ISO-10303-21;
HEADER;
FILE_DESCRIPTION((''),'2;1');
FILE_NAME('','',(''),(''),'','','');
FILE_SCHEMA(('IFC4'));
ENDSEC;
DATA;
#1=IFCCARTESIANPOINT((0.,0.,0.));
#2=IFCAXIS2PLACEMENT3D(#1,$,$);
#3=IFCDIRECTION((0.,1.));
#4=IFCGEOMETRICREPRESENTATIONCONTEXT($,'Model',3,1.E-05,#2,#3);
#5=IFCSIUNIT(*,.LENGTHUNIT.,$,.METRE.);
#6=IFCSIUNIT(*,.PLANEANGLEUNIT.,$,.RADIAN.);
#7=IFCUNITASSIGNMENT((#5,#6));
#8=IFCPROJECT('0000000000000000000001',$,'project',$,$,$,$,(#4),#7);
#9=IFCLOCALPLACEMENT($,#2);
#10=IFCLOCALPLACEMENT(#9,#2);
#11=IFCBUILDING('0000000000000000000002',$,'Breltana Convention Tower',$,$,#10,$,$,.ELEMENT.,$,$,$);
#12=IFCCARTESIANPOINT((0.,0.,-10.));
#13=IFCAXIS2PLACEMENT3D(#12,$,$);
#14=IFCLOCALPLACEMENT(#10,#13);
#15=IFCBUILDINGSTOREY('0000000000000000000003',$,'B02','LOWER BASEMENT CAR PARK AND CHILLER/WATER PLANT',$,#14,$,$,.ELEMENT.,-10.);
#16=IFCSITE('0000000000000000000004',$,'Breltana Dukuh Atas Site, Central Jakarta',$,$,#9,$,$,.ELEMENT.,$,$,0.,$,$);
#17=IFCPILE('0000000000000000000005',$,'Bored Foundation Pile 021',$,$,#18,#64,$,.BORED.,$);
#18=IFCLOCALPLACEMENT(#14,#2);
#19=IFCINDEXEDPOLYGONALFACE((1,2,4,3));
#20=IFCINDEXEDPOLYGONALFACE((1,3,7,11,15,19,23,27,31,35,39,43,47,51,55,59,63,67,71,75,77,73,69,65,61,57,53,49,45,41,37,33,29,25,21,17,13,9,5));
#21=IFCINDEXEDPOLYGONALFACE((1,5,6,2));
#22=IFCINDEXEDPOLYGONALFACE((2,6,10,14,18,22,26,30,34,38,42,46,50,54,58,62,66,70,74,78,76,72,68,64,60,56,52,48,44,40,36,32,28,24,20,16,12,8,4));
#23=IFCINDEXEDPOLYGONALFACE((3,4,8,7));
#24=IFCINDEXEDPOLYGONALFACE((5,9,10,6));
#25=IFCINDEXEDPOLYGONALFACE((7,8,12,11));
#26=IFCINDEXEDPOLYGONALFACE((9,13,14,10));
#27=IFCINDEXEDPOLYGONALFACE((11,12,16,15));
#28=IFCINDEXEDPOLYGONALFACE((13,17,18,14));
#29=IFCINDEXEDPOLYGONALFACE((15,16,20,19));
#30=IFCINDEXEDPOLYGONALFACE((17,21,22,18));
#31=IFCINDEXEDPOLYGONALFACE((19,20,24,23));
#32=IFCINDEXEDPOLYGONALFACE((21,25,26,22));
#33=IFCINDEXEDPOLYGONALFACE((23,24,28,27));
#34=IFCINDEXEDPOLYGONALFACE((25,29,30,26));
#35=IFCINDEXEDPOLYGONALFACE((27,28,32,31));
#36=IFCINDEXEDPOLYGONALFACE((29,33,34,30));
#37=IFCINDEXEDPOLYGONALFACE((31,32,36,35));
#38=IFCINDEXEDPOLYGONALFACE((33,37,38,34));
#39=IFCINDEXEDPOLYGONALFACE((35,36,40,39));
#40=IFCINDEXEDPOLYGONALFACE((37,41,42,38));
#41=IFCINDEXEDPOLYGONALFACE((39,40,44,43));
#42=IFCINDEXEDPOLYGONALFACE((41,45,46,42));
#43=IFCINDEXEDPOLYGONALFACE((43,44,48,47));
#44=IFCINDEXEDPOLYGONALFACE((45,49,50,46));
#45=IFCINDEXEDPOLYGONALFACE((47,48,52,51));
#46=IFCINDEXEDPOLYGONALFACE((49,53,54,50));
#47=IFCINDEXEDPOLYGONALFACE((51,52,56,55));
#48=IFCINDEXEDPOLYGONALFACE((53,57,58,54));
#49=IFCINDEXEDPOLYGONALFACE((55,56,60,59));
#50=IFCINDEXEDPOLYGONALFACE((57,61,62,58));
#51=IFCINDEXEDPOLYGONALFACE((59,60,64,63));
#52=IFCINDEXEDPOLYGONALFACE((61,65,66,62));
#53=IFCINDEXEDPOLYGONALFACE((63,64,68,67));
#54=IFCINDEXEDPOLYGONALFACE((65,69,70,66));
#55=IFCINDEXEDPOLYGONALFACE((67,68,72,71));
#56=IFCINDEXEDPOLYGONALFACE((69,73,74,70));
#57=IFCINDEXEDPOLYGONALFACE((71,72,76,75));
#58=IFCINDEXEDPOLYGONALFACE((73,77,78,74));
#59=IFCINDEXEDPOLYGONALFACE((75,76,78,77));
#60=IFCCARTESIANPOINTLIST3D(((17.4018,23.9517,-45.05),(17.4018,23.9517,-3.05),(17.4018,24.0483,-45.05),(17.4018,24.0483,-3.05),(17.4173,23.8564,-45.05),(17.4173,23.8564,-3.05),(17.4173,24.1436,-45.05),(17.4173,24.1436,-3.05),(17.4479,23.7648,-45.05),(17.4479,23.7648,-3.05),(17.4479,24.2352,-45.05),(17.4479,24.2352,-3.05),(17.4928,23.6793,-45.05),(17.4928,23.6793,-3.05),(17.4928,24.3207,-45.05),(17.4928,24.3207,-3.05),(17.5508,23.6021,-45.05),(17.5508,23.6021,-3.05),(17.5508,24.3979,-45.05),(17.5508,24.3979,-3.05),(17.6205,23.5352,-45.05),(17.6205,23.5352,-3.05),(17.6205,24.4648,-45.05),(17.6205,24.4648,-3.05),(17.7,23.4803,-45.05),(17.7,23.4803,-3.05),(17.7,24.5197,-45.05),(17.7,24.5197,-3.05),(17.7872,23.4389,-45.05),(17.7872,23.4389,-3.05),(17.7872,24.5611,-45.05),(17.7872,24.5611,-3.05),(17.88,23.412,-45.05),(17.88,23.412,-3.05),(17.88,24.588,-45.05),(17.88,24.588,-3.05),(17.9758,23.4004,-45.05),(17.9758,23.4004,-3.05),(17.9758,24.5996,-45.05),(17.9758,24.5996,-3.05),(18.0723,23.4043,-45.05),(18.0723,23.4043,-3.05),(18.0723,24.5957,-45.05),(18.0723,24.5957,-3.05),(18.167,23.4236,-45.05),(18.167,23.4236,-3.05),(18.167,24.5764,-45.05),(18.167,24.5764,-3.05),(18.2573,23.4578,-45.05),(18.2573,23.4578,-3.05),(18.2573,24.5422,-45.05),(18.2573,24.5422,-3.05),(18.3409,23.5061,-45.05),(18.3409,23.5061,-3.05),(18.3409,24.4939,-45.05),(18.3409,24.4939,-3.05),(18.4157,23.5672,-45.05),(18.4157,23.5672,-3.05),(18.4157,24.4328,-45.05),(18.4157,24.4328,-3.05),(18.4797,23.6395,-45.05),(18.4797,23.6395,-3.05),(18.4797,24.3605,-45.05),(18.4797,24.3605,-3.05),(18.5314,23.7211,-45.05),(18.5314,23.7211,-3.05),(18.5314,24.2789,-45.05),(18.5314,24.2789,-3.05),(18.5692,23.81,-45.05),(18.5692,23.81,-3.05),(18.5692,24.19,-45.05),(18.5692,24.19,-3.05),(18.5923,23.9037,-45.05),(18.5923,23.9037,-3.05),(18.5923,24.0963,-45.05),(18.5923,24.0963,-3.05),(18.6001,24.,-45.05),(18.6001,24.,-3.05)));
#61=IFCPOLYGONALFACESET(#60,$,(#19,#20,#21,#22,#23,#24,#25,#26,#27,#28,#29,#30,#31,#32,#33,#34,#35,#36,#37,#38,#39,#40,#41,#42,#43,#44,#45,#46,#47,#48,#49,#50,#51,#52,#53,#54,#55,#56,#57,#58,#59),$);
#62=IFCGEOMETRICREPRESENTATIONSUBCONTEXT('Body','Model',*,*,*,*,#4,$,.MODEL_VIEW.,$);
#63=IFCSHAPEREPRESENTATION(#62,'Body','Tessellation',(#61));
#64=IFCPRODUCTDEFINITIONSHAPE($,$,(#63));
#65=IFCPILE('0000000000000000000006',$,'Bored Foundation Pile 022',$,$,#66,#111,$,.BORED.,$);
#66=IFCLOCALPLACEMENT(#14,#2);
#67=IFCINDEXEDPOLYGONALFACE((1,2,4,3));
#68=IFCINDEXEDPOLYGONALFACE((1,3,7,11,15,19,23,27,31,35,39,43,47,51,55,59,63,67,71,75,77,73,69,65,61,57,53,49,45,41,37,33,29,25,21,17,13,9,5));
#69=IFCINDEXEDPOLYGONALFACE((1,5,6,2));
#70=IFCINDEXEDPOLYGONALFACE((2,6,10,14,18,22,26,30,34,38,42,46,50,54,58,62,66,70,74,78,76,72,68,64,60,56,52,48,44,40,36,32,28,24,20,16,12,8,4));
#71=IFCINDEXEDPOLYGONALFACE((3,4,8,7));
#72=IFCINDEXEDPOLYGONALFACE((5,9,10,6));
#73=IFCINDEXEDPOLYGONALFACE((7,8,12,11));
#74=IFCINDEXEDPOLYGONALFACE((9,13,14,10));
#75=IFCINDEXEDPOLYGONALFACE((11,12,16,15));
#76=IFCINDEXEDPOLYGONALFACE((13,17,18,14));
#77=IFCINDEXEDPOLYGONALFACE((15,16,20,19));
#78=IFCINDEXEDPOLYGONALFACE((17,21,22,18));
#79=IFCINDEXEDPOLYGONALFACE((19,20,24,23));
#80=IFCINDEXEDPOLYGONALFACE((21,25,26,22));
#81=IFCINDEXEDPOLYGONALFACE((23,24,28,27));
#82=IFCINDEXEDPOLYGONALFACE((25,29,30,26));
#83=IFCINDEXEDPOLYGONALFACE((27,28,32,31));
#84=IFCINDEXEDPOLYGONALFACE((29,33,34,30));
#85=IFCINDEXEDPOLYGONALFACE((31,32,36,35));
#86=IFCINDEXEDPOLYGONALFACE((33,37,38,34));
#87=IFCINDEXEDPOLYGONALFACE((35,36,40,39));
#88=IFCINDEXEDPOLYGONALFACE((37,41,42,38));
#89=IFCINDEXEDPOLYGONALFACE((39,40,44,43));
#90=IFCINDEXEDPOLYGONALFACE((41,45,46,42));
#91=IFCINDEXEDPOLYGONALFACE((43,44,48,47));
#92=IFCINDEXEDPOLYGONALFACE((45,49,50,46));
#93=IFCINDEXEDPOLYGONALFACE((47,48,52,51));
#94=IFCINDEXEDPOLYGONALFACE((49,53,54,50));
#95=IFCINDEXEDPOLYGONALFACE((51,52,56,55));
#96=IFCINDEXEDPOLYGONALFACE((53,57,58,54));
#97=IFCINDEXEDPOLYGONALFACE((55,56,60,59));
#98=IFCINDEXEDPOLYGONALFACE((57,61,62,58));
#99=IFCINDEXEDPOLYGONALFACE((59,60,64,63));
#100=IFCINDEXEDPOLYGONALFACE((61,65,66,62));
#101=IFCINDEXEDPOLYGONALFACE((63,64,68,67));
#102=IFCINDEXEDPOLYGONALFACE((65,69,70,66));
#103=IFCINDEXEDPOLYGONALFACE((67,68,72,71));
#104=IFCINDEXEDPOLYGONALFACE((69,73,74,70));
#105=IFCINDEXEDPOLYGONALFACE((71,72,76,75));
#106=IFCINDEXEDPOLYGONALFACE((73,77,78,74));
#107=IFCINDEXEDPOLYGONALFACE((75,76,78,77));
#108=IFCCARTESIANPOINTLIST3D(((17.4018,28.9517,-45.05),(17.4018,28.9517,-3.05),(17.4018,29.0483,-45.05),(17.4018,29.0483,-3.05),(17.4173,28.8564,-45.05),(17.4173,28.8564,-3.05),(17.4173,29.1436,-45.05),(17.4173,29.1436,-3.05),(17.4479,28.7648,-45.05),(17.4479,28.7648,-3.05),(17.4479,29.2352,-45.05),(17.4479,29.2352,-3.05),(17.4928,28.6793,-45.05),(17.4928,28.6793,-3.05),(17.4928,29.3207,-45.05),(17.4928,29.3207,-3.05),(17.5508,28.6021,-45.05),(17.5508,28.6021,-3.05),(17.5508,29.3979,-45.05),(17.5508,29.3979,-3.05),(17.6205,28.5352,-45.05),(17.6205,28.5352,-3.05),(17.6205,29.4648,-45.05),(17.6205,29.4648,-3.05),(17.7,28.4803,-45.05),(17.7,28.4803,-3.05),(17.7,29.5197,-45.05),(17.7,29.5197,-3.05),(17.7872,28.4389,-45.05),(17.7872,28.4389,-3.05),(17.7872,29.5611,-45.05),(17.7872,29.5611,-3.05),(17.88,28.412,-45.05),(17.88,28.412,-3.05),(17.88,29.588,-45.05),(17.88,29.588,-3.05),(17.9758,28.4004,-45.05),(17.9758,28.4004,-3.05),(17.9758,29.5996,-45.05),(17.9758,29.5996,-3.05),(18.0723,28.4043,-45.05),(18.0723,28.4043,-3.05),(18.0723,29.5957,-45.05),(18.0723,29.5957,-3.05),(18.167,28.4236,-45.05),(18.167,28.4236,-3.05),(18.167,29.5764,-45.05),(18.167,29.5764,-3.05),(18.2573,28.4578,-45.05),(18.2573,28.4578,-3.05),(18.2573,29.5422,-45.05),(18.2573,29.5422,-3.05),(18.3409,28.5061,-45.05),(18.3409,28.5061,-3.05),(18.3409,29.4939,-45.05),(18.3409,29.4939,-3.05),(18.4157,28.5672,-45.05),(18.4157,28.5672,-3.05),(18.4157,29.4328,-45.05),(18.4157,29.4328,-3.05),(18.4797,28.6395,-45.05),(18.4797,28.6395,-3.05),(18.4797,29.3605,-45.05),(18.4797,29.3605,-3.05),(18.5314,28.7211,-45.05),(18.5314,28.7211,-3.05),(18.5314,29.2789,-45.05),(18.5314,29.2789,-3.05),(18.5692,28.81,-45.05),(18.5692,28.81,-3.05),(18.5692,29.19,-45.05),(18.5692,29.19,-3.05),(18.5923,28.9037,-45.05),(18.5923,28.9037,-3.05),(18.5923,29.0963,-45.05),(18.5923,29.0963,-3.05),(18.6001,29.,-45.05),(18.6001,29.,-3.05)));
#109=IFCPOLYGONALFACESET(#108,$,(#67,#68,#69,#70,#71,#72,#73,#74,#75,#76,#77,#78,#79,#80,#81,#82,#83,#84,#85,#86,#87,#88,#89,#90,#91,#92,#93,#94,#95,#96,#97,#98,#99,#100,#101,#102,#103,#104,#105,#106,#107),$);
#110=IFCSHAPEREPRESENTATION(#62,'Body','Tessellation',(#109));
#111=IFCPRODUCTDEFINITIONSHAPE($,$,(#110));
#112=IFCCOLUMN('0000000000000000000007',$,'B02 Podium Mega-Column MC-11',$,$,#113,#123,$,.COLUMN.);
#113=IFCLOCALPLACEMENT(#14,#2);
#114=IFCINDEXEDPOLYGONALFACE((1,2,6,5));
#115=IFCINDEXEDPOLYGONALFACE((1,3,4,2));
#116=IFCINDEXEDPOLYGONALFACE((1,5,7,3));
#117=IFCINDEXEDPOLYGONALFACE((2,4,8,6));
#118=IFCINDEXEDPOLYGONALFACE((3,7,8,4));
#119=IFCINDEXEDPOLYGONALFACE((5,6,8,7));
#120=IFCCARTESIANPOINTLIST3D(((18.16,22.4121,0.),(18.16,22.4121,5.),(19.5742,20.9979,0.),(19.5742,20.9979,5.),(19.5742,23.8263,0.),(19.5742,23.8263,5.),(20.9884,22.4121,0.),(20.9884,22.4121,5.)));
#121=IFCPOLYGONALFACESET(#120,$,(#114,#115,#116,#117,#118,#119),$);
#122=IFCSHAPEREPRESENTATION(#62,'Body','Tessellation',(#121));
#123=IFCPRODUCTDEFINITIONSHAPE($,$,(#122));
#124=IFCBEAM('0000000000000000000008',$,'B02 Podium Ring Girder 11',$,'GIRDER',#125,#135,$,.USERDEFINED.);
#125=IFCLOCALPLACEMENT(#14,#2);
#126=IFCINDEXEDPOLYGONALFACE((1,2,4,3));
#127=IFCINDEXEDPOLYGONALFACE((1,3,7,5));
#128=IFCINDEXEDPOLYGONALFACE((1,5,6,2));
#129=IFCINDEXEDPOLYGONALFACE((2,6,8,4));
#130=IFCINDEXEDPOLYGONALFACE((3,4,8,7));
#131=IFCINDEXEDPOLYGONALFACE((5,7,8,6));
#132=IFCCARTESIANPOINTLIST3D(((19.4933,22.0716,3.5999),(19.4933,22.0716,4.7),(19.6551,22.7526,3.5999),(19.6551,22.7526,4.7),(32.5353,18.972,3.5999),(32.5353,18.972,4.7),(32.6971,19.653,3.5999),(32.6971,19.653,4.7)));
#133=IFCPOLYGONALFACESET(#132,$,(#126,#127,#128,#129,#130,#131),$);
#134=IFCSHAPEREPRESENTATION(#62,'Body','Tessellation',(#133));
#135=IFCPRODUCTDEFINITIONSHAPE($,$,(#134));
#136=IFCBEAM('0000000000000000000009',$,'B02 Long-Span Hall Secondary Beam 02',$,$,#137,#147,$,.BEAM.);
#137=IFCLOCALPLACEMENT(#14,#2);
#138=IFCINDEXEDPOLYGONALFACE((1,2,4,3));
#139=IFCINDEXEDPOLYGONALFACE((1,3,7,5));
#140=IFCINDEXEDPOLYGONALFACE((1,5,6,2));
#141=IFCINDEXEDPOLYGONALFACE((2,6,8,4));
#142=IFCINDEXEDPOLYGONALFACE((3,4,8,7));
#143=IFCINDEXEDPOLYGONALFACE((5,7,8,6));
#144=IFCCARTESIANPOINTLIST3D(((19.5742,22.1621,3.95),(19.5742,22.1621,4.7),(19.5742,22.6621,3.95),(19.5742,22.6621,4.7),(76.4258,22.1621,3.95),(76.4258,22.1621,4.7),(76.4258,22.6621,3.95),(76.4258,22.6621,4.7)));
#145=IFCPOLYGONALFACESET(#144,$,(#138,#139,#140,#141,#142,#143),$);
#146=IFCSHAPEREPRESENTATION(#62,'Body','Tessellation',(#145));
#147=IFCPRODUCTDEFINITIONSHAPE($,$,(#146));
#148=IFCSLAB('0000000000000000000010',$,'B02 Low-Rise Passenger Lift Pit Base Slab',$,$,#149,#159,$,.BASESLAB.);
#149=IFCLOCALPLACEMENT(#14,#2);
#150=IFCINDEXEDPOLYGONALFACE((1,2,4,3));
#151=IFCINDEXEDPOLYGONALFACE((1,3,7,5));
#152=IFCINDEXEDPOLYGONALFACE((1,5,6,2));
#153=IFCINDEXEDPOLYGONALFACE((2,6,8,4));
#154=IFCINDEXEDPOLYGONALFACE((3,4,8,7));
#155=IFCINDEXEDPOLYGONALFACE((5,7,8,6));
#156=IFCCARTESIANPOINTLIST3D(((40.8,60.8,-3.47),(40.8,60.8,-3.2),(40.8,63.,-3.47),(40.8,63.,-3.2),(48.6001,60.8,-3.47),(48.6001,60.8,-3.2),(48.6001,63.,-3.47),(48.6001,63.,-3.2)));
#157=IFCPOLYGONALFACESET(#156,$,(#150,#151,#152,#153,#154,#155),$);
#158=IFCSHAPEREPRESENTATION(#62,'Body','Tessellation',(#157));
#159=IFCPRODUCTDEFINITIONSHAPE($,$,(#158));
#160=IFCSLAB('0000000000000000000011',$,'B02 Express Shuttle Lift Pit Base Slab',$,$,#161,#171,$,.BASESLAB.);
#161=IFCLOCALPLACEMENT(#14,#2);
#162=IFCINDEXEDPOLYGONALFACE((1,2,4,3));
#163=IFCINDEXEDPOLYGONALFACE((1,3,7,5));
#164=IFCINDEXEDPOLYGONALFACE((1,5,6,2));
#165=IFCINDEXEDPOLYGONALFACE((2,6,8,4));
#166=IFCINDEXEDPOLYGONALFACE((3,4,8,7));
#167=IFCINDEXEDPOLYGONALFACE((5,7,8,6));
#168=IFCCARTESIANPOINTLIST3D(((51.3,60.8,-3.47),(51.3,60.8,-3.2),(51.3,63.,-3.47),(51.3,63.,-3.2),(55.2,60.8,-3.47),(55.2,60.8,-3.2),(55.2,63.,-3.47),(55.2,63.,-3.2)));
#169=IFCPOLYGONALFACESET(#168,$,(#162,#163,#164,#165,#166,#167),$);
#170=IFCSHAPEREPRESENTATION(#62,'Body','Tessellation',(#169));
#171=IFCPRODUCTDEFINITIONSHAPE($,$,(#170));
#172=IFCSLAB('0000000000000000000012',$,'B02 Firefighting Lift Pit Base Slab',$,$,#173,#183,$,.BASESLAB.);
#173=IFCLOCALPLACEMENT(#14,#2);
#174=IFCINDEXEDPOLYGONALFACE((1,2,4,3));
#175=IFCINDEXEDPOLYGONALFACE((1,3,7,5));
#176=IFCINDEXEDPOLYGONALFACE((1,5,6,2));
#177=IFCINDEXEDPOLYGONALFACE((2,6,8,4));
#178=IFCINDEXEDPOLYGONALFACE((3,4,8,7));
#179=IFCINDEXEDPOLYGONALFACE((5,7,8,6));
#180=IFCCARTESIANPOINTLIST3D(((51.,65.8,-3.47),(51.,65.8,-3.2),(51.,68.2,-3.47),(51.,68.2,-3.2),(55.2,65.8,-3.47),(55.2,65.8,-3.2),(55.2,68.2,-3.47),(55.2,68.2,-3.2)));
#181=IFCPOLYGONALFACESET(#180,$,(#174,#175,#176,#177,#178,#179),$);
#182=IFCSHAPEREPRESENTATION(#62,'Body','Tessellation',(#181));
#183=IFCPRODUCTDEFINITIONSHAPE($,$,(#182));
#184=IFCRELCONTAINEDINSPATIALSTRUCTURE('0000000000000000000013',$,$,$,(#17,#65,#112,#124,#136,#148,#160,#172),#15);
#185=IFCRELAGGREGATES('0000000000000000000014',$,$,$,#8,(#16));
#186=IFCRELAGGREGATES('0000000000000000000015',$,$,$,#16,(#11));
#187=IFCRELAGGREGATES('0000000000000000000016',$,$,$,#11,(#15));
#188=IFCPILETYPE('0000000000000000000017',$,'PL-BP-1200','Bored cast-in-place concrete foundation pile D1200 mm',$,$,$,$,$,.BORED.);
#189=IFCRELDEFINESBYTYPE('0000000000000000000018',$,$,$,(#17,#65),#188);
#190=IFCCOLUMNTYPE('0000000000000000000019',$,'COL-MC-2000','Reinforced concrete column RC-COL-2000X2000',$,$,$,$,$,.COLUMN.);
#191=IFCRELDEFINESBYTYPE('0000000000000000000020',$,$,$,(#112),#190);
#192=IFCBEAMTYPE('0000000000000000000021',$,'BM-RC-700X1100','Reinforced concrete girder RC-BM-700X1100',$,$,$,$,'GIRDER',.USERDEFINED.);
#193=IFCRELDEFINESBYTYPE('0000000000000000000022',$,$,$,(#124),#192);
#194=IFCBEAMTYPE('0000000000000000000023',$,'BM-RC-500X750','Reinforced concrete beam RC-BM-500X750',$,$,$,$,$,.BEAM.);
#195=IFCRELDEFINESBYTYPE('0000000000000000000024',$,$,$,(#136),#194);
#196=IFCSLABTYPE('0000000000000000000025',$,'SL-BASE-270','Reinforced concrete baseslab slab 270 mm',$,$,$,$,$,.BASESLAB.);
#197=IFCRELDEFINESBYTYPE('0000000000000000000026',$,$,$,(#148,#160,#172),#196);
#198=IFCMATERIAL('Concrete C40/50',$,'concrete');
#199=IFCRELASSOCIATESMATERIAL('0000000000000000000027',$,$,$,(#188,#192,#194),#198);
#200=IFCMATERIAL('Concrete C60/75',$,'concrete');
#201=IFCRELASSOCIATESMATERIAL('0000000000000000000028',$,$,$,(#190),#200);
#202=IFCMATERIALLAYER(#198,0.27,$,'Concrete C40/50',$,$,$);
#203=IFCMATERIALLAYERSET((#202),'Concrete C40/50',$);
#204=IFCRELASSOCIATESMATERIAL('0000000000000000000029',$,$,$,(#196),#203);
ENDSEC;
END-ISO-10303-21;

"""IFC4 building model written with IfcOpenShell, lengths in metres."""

from ifc_helpers import new_model, si_unit, direction, frame, origin, origin_2d, place, context, subcontext, project, spatial, polyline, rectangle, circle, outline, extrude, source, transform, mapped, material, layer, layer_set, material_profile, profile_set, type_object, type_shapes, element, save


model = new_model("IFC4")

# Units and contexts
model_context = context("Model", 3, precision=1e-05, world=origin(), true_north=direction((0.0, 1.0)))
body_context = subcontext(model_context, "Body", "Model", "MODEL_VIEW")
ifc_project = project(units=[si_unit("LENGTHUNIT", "METRE"), si_unit("PLANEANGLEUNIT", "RADIAN")], contexts=[model_context])

# Site, building, storey
site_placement = place(None, origin())
site = spatial("IfcSite", under=ifc_project, at=site_placement, Name="Breltana Dukuh Atas Site, Central Jakarta", CompositionType="ELEMENT", RefElevation=0.0)
building_placement = place(site_placement, origin())
building = spatial("IfcBuilding", under=site, at=building_placement, Name="Breltana Convention Tower", CompositionType="ELEMENT")
storey_placement = place(building_placement, frame((0.0, 0.0, -10.0)))
storey = spatial("IfcBuildingStorey", under=building, at=storey_placement, Name="B02", Description="LOWER BASEMENT CAR PARK AND CHILLER/WATER PLANT", CompositionType="ELEMENT", Elevation=-10.0)

# Piles
ifc_material_1 = material(Name="Concrete C40/50", Category="concrete")
ifc_material_profile_1 = material_profile(ifc_material_1, circle(Radius=0.6001, at=origin_2d()), Name="BP-D1200")
ifc_profile_set_1 = profile_set([ifc_material_profile_1], Name="Concrete C40/50")
pile_type = type_object("IfcPileType", Name="PL-BP-1200", Description="Bored cast-in-place concrete foundation pile D1200 mm", PredefinedType="BORED", material=ifc_profile_set_1)
shared_shape_1 = source(origin(), body_context, "Body", "SweptSolid", [
    extrude(circle(Radius=0.6001, at=origin_2d()), origin(), (0.0, 0.0, 1.0), 42.0),
])
type_shapes(pile_type, [shared_shape_1])
for number, where, z_axis, x_axis, name in (
    (1, (18.0, 24.0, -3.05), (0.0, 0.0, -1.0), (1.0, 0.0, 0.0), "Bored Foundation Pile 021"),
    (2, (18.0, 29.0, -3.05), (0.0, 0.0, -1.0), (1.0, 0.0, 0.0), "Bored Foundation Pile 022"),
):
    element("IfcPile", number, at=place(storey_placement, frame(where, z_axis=z_axis, x_axis=x_axis)), inside=storey, type_object=pile_type, Name=name, PredefinedType="BORED", context=body_context, shape_type="MappedRepresentation", body=[
        mapped(shared_shape_1, transform((0.0, 0.0, 0.0), scale=1.0)),
    ])

# Column
ifc_material_2 = material(Name="Concrete C60/75", Category="concrete")
ifc_material_profile_2 = material_profile(ifc_material_2, rectangle(XDim=2.0, YDim=2.0, at=origin_2d()), Name="RC-COL-2000X2000")
ifc_profile_set_2 = profile_set([ifc_material_profile_2], Name="Concrete C60/75")
column_type = type_object("IfcColumnType", Name="COL-MC-2000", Description="Reinforced concrete column RC-COL-2000X2000", PredefinedType="COLUMN", material=ifc_profile_set_2)
shared_shape_2 = source(origin(), body_context, "Body", "SweptSolid", [
    extrude(rectangle(XDim=2.0, YDim=2.0, at=origin_2d()), origin(), (0.0, 0.0, 1.0), 5.0),
])
type_shapes(column_type, [shared_shape_2])
column_placement = place(storey_placement, frame((19.5742, 22.4121, 0.0), z_axis=(0.0, 0.0, 1.0), x_axis=(-0.707107, -0.707107, 0.0)))
element("IfcColumn", 3, at=column_placement, inside=storey, type_object=column_type, Name="B02 Podium Mega-Column MC-11", PredefinedType="COLUMN", context=body_context, shape_type="MappedRepresentation", body=[
    mapped(shared_shape_2, transform((0.0, 0.0, 0.0), scale=1.0)),
])

# Beams
ifc_material_profile_3 = material_profile(ifc_material_1, rectangle(XDim=0.7, YDim=1.1001, at=origin_2d()), Name="RC-BM-700X1100")
ifc_profile_set_3 = profile_set([ifc_material_profile_3], Name="Concrete C40/50")
beam_type_1 = type_object("IfcBeamType", Name="BM-RC-700X1100", Description="Reinforced concrete girder RC-BM-700X1100", ElementType="GIRDER", PredefinedType="USERDEFINED", material=ifc_profile_set_3)
shared_shape_3 = source(origin(), body_context, "Body", "SweptSolid", [
    extrude(rectangle(XDim=0.7, YDim=1.1001, at=origin_2d()), origin(), (0.0, 0.0, 1.0), 13.4053),
])
beam_1_placement = place(storey_placement, frame((19.5742, 22.4121, 4.1499), z_axis=(0.972901, -0.231223, 0.0), x_axis=(0.231223, 0.972901, 0.0)))
element("IfcBeam", 4, at=beam_1_placement, inside=storey, type_object=beam_type_1, Name="B02 Podium Ring Girder 11", ObjectType="GIRDER", PredefinedType="USERDEFINED", context=body_context, shape_type="MappedRepresentation", body=[
    mapped(shared_shape_3, transform((0.0, 0.0, 0.0), scale=1.0)),
])
ifc_material_profile_4 = material_profile(ifc_material_1, rectangle(XDim=0.5, YDim=0.75, at=origin_2d()), Name="RC-BM-500X750")
ifc_profile_set_4 = profile_set([ifc_material_profile_4], Name="Concrete C40/50")
beam_type_2 = type_object("IfcBeamType", Name="BM-RC-500X750", Description="Reinforced concrete beam RC-BM-500X750", PredefinedType="BEAM", material=ifc_profile_set_4)
shared_shape_4 = source(origin(), body_context, "Body", "SweptSolid", [
    extrude(rectangle(XDim=0.5, YDim=0.75, at=origin_2d()), origin(), (0.0, 0.0, 1.0), 56.8516),
])
beam_2_placement = place(storey_placement, frame((19.5742, 22.4121, 4.325), z_axis=(1.0, 0.0, 0.0), x_axis=(0.0, 1.0, 0.0)))
element("IfcBeam", 5, at=beam_2_placement, inside=storey, type_object=beam_type_2, Name="B02 Long-Span Hall Secondary Beam 02", PredefinedType="BEAM", context=body_context, shape_type="MappedRepresentation", body=[
    mapped(shared_shape_4, transform((0.0, 0.0, 0.0), scale=1.0)),
])

# Slabs
ifc_layer_1 = layer(ifc_material_1, 0.27, Name="Concrete C40/50")
ifc_layer_set_1 = layer_set([ifc_layer_1], Name="Concrete C40/50")
slab_type_1 = type_object("IfcSlabType", Name="SL-BASE-270", Description="Reinforced concrete baseslab slab 270 mm", PredefinedType="BASESLAB", material=ifc_layer_set_1)
slab_1_placement = place(storey_placement, frame((0.0, 0.0, -3.47)))
element("IfcSlab", 6, at=slab_1_placement, inside=storey, type_object=slab_type_1, Name="B02 Low-Rise Passenger Lift Pit Base Slab", PredefinedType="BASESLAB", context=body_context, shape_type="SweptSolid", body=[
    extrude(outline(polyline([(40.8, 60.8), (48.6001, 60.8), (48.6001, 63.0), (40.8, 63.0), (40.8, 60.8)])), origin(), (0.0, 0.0, 1.0), 0.27),
])
slab_2_placement = place(storey_placement, frame((0.0, 0.0, -3.47)))
element("IfcSlab", 7, at=slab_2_placement, inside=storey, type_object=slab_type_1, Name="B02 Express Shuttle Lift Pit Base Slab", PredefinedType="BASESLAB", context=body_context, shape_type="SweptSolid", body=[
    extrude(outline(polyline([(51.3, 60.8), (55.2, 60.8), (55.2, 63.0), (51.3, 63.0), (51.3, 60.8)])), origin(), (0.0, 0.0, 1.0), 0.27),
])
slab_3_placement = place(storey_placement, frame((0.0, 0.0, -3.47)))
element("IfcSlab", 8, at=slab_3_placement, inside=storey, type_object=slab_type_1, Name="B02 Firefighting Lift Pit Base Slab", PredefinedType="BASESLAB", context=body_context, shape_type="SweptSolid", body=[
    extrude(outline(polyline([(51.0, 65.8), (55.2, 65.8), (55.2, 68.2), (51.0, 68.2), (51.0, 65.8)])), origin(), (0.0, 0.0, 1.0), 0.27),
])

save(model, "model.ifc")
